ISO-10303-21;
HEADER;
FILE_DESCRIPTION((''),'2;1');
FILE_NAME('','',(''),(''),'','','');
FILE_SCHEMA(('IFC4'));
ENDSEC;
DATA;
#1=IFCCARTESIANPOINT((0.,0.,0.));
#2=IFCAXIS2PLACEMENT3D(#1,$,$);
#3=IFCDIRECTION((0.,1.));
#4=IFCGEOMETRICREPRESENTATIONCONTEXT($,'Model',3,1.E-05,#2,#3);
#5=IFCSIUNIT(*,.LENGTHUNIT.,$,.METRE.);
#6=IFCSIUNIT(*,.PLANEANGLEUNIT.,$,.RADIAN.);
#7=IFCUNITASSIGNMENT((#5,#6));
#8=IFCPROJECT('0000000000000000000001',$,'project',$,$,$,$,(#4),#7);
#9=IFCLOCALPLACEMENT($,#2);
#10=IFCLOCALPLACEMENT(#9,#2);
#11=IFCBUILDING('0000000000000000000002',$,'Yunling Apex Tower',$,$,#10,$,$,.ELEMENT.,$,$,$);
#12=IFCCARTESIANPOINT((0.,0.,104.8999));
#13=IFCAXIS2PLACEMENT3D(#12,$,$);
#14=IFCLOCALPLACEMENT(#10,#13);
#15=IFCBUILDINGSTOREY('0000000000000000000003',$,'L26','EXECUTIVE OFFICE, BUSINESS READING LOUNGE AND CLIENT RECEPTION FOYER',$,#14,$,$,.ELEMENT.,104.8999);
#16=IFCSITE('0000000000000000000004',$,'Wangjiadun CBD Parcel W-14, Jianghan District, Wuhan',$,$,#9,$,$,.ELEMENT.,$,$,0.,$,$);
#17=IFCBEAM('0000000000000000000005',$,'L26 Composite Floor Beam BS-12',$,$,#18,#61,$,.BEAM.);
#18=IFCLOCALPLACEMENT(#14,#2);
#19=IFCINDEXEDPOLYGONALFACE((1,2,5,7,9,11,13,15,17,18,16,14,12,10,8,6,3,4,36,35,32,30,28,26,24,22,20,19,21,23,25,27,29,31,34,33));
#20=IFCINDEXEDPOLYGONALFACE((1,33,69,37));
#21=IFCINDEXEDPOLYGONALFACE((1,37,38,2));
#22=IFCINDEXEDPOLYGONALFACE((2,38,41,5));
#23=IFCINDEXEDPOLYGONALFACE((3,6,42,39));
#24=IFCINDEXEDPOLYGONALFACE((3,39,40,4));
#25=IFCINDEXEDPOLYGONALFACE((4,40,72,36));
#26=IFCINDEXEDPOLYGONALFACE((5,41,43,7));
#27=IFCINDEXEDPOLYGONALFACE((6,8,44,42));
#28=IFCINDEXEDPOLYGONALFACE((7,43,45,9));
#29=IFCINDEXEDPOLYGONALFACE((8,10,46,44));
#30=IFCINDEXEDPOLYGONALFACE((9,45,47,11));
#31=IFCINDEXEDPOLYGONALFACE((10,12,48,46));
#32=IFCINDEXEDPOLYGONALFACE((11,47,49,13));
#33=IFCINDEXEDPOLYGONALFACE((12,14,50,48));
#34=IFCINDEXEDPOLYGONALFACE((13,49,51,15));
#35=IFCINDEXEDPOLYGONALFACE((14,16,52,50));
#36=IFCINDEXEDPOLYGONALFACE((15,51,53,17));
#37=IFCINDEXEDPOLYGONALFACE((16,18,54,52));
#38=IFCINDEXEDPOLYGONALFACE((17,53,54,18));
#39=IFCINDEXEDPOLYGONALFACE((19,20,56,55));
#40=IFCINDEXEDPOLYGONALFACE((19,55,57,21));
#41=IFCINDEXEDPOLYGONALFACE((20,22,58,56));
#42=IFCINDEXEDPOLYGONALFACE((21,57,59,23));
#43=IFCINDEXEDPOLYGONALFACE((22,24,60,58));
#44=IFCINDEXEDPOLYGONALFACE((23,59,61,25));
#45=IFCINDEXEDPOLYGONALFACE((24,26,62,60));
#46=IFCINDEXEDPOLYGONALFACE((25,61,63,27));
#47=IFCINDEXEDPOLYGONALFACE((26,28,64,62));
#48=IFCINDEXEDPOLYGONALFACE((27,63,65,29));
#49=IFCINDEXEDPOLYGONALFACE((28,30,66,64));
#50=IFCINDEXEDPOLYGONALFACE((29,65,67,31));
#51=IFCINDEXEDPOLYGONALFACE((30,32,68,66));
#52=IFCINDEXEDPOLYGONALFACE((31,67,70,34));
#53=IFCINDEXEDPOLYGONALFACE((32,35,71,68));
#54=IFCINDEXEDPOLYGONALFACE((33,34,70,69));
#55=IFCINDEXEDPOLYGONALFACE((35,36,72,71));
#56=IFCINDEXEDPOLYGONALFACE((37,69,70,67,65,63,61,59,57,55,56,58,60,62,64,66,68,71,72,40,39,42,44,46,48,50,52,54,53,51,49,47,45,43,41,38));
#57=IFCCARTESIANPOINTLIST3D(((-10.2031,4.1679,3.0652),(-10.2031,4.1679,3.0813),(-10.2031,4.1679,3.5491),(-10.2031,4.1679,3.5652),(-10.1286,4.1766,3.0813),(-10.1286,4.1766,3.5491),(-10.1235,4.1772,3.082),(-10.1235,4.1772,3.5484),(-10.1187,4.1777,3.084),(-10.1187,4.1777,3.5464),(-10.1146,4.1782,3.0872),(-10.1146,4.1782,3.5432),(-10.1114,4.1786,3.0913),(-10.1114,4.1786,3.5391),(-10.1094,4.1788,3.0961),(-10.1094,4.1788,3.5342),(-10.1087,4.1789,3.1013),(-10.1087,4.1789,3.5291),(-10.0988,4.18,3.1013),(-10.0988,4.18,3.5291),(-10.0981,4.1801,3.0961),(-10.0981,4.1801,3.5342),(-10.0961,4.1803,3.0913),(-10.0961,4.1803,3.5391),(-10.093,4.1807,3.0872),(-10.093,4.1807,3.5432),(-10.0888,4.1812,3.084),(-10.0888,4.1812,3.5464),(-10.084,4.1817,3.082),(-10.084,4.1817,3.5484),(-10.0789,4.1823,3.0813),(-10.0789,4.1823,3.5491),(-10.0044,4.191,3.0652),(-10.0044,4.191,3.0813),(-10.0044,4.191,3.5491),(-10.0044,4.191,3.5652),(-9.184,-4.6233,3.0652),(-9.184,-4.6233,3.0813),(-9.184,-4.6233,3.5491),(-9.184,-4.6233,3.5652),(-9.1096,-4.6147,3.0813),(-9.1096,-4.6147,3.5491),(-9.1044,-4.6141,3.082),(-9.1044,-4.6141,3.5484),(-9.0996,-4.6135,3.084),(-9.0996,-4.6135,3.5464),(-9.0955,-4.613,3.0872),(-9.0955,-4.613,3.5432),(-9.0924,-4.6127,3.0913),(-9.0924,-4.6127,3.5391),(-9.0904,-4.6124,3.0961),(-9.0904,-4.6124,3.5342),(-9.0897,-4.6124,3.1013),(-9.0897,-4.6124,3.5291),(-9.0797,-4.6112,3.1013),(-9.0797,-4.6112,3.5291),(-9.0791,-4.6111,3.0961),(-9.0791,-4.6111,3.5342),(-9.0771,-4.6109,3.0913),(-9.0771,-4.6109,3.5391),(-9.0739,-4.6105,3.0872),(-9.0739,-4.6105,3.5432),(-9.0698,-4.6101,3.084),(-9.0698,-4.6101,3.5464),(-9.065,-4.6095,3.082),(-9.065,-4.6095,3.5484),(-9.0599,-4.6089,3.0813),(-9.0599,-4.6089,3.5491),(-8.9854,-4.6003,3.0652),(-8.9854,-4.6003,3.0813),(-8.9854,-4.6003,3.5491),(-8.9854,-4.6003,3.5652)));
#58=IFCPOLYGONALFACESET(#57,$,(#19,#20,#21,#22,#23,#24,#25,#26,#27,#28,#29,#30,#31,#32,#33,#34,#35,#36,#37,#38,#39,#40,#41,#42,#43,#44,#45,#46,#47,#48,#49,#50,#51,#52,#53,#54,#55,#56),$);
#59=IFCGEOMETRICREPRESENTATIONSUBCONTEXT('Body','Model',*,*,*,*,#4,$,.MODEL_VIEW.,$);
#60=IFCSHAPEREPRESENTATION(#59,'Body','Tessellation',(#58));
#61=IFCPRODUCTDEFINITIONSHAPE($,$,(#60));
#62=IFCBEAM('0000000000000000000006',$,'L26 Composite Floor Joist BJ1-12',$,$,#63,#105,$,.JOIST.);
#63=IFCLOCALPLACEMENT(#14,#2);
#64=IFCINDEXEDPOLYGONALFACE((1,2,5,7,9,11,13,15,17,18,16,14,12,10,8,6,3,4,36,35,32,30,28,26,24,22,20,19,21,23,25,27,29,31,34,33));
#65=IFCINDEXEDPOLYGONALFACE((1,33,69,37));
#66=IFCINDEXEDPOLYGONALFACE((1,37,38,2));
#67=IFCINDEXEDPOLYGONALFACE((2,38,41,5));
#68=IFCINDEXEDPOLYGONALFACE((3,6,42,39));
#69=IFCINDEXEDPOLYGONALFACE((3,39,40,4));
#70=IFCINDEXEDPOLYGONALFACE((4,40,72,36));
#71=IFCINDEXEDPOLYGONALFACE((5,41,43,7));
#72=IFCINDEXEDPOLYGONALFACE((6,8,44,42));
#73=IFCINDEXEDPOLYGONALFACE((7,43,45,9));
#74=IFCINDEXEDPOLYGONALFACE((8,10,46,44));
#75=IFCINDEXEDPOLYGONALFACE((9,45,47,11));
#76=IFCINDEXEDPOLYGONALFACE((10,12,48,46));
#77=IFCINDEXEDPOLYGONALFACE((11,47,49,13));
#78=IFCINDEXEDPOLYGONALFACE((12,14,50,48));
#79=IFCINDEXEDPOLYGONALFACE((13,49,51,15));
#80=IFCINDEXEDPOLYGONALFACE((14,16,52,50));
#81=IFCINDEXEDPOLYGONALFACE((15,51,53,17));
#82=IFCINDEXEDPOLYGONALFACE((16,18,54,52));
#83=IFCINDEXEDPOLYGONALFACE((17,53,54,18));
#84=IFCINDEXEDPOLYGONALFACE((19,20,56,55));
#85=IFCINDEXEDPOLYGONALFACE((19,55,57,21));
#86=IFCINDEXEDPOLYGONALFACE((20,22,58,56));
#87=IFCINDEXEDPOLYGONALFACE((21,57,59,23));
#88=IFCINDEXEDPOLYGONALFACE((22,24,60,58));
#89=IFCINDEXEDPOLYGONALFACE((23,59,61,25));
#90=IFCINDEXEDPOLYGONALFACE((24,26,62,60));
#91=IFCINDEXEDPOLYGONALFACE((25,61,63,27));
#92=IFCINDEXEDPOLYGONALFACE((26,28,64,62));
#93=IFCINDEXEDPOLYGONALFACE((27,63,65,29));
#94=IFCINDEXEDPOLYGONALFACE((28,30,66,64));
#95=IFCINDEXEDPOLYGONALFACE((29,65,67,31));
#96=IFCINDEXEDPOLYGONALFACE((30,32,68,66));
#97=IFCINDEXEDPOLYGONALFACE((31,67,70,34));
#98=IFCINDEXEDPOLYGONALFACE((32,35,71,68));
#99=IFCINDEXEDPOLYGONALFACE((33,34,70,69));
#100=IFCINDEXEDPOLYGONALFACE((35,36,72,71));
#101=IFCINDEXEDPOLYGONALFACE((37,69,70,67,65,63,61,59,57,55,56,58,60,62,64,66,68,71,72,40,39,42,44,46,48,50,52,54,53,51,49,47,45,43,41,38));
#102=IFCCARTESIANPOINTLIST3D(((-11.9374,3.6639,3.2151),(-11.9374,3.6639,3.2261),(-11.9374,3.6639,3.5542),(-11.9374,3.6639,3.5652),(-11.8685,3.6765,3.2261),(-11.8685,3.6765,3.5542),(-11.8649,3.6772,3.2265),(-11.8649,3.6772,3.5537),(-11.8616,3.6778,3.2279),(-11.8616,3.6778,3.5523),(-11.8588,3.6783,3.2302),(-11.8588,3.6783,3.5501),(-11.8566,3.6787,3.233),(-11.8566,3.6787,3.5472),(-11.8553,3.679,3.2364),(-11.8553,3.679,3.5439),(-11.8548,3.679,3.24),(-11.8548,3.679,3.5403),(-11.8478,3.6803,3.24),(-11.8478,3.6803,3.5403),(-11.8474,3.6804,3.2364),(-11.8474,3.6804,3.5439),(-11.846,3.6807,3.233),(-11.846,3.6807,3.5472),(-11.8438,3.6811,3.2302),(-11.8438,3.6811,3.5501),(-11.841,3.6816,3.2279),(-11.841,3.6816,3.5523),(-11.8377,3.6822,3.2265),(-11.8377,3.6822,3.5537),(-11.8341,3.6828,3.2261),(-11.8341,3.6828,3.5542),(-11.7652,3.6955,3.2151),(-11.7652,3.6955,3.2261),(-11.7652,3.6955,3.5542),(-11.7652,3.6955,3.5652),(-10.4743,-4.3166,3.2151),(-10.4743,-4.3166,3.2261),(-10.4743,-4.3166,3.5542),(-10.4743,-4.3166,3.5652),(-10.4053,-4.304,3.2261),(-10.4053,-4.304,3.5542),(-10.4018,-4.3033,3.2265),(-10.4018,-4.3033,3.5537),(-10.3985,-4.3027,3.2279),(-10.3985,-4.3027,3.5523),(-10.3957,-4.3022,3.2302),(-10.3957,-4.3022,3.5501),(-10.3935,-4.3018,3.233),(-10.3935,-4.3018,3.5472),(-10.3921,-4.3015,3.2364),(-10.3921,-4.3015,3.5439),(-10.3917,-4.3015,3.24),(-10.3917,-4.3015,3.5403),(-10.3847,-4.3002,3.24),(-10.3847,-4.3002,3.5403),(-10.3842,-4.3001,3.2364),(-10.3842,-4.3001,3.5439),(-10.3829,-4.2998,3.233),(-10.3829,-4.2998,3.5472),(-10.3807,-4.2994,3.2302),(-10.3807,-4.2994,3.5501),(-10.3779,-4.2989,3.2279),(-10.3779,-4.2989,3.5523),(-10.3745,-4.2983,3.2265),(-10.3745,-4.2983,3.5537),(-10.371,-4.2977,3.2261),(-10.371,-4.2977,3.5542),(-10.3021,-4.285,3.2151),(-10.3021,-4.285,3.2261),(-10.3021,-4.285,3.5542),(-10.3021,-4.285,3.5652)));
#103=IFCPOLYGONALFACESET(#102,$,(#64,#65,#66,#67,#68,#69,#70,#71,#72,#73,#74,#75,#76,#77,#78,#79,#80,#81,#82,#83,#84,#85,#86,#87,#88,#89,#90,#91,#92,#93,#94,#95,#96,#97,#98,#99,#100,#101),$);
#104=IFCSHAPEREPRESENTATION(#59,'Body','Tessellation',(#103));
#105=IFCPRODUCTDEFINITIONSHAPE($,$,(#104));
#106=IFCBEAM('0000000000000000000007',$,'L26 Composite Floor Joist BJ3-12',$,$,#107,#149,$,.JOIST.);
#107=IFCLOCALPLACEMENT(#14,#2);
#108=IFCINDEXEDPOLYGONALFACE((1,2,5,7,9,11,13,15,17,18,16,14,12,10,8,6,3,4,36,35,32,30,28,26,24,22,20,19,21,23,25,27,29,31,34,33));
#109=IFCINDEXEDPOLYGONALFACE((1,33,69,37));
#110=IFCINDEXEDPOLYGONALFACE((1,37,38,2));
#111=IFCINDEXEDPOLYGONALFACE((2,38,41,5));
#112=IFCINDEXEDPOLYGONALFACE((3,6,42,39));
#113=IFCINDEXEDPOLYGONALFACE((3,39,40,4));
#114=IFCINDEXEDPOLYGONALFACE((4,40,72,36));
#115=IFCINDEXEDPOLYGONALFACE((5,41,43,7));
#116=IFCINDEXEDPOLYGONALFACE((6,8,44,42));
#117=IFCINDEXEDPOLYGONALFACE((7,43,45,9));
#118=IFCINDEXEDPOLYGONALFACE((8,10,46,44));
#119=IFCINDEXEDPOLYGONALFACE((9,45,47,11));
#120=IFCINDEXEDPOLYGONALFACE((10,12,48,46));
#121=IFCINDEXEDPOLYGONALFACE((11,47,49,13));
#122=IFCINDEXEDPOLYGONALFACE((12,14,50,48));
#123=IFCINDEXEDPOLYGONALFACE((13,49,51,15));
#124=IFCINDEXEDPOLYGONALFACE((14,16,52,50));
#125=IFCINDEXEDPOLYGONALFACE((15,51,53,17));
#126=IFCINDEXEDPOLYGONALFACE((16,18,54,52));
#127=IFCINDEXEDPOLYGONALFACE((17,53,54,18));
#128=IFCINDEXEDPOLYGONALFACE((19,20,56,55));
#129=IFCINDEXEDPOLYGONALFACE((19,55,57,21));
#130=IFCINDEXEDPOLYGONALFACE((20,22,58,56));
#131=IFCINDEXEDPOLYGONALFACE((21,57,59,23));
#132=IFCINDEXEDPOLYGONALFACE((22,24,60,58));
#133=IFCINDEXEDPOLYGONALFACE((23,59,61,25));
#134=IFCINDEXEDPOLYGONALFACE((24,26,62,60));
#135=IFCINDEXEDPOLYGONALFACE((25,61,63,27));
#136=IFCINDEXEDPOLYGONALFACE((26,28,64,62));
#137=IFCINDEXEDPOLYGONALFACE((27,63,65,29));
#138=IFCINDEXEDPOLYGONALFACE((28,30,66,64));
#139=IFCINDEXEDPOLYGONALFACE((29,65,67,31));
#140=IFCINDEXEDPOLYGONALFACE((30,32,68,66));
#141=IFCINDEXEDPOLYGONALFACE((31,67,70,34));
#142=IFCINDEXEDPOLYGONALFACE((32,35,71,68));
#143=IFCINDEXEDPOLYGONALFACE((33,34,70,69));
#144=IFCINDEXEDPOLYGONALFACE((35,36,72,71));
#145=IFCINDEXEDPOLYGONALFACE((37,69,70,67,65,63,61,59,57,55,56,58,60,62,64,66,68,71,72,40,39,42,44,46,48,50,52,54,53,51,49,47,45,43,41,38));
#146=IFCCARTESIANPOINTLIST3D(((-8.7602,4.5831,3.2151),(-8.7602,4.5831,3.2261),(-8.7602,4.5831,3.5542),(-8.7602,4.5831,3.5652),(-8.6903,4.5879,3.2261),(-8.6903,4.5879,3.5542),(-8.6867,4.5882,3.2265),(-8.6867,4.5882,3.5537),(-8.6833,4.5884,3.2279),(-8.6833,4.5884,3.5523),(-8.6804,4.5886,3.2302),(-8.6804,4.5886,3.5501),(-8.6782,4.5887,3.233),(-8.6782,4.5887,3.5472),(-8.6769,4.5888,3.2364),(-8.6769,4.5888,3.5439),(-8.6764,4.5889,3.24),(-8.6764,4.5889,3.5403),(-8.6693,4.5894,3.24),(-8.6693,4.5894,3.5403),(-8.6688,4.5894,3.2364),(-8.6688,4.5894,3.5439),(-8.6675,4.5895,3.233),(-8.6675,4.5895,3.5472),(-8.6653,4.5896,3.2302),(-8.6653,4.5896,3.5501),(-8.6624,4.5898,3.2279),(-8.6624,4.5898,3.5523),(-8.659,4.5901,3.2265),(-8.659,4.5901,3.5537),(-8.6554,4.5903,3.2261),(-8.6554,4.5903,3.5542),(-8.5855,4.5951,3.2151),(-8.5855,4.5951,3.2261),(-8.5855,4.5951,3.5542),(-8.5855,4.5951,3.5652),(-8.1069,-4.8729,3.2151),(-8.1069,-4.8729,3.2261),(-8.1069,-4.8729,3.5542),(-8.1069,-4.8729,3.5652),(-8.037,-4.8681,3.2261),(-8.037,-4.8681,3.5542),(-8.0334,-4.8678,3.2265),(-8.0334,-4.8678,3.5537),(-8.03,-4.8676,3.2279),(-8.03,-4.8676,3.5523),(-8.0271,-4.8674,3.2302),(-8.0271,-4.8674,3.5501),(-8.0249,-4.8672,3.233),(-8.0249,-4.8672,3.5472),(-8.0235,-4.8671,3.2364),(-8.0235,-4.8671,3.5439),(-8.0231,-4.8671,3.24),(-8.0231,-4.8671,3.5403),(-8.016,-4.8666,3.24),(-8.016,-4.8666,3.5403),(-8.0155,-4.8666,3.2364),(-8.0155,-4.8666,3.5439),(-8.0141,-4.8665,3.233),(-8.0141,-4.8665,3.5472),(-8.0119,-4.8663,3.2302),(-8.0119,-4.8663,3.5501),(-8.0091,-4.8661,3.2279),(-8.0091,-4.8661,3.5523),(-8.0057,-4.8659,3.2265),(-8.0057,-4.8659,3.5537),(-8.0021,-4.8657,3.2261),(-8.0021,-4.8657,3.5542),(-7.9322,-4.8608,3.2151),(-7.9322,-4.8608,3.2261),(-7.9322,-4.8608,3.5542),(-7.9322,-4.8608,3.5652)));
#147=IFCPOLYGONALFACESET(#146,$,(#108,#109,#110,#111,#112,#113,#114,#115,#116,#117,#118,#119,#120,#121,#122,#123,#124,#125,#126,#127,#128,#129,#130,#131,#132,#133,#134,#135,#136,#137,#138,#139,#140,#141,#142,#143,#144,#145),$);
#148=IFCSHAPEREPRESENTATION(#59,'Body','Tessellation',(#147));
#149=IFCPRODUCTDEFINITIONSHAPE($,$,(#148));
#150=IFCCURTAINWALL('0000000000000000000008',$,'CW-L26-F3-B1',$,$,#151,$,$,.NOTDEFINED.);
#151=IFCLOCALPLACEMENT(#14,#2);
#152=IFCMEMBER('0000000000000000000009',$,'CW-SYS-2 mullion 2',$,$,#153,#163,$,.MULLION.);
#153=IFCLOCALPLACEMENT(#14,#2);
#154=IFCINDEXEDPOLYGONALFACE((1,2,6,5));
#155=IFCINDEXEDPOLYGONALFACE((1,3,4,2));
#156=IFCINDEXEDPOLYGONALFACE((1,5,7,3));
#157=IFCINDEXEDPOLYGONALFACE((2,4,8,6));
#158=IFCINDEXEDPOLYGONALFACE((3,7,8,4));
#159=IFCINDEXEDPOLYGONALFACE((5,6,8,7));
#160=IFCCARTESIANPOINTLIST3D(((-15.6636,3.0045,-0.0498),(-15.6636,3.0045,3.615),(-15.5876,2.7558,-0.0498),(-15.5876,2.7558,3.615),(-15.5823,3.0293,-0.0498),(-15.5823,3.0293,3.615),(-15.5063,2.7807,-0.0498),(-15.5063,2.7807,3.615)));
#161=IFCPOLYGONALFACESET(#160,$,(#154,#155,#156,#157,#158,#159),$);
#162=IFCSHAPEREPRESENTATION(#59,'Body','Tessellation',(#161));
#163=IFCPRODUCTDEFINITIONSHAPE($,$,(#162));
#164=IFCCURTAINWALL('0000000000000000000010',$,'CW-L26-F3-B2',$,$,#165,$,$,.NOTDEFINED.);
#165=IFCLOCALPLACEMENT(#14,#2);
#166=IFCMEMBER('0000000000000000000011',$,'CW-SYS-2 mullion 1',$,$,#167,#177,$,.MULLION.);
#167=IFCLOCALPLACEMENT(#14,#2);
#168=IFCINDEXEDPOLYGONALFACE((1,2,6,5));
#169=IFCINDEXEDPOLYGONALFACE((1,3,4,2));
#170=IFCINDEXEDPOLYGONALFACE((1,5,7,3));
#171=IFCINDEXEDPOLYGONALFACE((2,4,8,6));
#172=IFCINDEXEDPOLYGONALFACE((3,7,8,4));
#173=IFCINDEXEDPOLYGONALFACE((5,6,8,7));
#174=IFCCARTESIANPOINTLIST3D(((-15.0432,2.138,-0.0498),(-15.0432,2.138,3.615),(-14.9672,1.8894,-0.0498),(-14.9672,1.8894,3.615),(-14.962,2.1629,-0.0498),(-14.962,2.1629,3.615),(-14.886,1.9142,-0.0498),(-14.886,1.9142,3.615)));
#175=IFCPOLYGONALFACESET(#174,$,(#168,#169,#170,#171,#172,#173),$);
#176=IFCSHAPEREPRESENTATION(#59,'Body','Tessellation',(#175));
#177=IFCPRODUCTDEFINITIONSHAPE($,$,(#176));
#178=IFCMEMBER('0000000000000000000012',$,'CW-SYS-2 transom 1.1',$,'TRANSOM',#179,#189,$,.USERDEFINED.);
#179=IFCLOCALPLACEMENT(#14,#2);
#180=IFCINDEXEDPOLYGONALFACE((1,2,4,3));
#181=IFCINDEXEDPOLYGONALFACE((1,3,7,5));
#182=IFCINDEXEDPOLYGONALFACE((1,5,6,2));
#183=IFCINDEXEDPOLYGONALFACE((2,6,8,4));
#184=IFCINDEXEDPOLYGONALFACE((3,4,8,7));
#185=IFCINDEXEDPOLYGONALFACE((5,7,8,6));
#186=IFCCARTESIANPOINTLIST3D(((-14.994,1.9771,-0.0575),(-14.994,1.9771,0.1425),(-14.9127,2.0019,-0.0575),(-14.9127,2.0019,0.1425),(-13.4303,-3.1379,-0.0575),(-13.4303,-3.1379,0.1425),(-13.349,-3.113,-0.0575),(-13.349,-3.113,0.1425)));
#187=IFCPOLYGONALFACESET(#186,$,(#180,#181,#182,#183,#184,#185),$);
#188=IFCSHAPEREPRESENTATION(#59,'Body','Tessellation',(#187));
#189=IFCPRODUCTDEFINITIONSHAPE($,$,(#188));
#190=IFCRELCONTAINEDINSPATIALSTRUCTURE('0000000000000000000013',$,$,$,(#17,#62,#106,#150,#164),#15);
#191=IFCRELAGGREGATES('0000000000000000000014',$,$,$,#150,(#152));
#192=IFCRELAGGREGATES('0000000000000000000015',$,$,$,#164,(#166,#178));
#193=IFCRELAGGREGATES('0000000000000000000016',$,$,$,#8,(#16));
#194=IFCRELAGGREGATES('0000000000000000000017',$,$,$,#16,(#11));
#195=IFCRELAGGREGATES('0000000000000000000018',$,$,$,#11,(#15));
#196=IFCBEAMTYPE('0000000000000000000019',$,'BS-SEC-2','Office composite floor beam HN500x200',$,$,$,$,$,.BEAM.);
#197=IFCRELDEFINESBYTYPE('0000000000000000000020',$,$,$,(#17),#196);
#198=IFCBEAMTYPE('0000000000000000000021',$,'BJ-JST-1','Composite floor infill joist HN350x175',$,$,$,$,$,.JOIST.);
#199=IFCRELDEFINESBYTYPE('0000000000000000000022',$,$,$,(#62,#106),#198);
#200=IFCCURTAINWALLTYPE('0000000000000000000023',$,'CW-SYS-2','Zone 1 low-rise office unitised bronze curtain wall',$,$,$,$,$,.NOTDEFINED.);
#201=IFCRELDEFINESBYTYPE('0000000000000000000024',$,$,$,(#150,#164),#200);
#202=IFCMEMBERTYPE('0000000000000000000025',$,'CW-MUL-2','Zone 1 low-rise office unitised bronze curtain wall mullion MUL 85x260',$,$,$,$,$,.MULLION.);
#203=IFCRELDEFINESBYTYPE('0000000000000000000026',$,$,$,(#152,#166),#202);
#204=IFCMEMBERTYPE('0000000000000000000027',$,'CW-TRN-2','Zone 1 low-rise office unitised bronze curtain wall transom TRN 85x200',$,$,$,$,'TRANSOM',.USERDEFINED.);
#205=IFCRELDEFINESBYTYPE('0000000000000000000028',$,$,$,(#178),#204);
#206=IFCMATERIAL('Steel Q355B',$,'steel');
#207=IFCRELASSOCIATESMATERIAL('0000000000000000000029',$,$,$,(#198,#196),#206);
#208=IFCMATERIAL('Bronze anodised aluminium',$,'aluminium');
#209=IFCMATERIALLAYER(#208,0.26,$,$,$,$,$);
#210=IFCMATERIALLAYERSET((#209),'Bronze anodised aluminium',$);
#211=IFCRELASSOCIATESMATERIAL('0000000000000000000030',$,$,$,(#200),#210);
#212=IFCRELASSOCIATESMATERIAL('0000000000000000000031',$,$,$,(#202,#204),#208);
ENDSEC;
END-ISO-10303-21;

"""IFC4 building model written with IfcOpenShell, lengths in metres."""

from ifc_helpers import new_model, si_unit, direction, frame, origin, origin_2d, place, context, subcontext, project, spatial, rectangle, i_section, extrude, source, transform, mapped, material, layer, layer_set, material_profile, profile_set, type_object, element, aggregate, save


model = new_model("IFC4")

# Units and contexts
model_context = context("Model", 3, precision=1e-05, world=origin(), true_north=direction((0.0, 1.0)))
body_context = subcontext(model_context, "Body", "Model", "MODEL_VIEW")
ifc_project = project(units=[si_unit("LENGTHUNIT", "METRE"), si_unit("PLANEANGLEUNIT", "RADIAN")], contexts=[model_context])

# Site, building, storey
site_placement = place(None, origin())
site = spatial("IfcSite", under=ifc_project, at=site_placement, Name="Wangjiadun CBD Parcel W-14, Jianghan District, Wuhan", CompositionType="ELEMENT", RefElevation=0.0)
building_placement = place(site_placement, origin())
building = spatial("IfcBuilding", under=site, at=building_placement, Name="Yunling Apex Tower", CompositionType="ELEMENT")
storey_placement = place(building_placement, frame((0.0, 0.0, 104.8999)))
storey = spatial("IfcBuildingStorey", under=building, at=storey_placement, Name="L26", Description="EXECUTIVE OFFICE, BUSINESS READING LOUNGE AND CLIENT RECEPTION FOYER", CompositionType="ELEMENT", Elevation=104.8999)

# Beams
ifc_material_1 = material(Name="Steel Q355B", Category="steel")
ifc_material_profile_1 = material_profile(ifc_material_1, i_section(OverallWidth=0.175, OverallDepth=0.3501, WebThickness=0.0071, FlangeThickness=0.011, FilletRadius=0.0139, at=origin_2d()))
ifc_profile_set_1 = profile_set([ifc_material_profile_1], Name="Steel Q355B")
beam_type_1 = type_object("IfcBeamType", Name="BJ-JST-1", Description="Composite floor infill joist HN350x175", PredefinedType="JOIST", material=ifc_profile_set_1)
ifc_material_profile_2 = material_profile(ifc_material_1, i_section(OverallWidth=0.2, OverallDepth=0.5, WebThickness=0.01, FlangeThickness=0.0161, FilletRadius=0.02, at=origin_2d()))
ifc_profile_set_2 = profile_set([ifc_material_profile_2], Name="Steel Q355B")
beam_type_2 = type_object("IfcBeamType", Name="BS-SEC-2", Description="Office composite floor beam HN500x200", PredefinedType="BEAM", material=ifc_profile_set_2)
shared_shape_1 = source(origin(), body_context, "Body", "SweptSolid", [
    extrude(i_section(OverallWidth=0.2, OverallDepth=0.5, WebThickness=0.01, FlangeThickness=0.0161, FilletRadius=0.02, at=origin_2d()), origin(), (0.0, 0.0, 1.0), 8.8501),
])
beam_1_placement = place(storey_placement, frame((-10.1038, 4.1794, 3.3152), z_axis=(0.115144, -0.993349, 0.0), x_axis=(0.993349, 0.115144, 0.0)))
element("IfcBeam", 1, at=beam_1_placement, inside=storey, type_object=beam_type_2, Name="L26 Composite Floor Beam BS-12", PredefinedType="BEAM", context=body_context, shape_type="MappedRepresentation", body=[
    mapped(shared_shape_1, transform((0.0, 0.0, 0.0), scale=1.0)),
])
shared_shape_2 = source(origin(), body_context, "Body", "SweptSolid", [
    extrude(i_section(OverallWidth=0.175, OverallDepth=0.3501, WebThickness=0.0071, FlangeThickness=0.011, FilletRadius=0.0139, at=origin_2d()), origin(), (0.0, 0.0, 1.0), 8.1135),
])
beam_2_placement = place(storey_placement, frame((-11.8513, 3.6797, 3.3901), z_axis=(0.180334, -0.983605, 0.0), x_axis=(0.983605, 0.180334, 0.0)))
element("IfcBeam", 2, at=beam_2_placement, inside=storey, type_object=beam_type_1, Name="L26 Composite Floor Joist BJ1-12", PredefinedType="JOIST", context=body_context, shape_type="MappedRepresentation", body=[
    mapped(shared_shape_2, transform((0.0, 0.0, 0.0), scale=1.0)),
])
shared_shape_3 = source(origin(), body_context, "Body", "SweptSolid", [
    extrude(i_section(OverallWidth=0.175, OverallDepth=0.3501, WebThickness=0.0071, FlangeThickness=0.011, FilletRadius=0.0139, at=origin_2d()), origin(), (0.0, 0.0, 1.0), 9.4785),
])
beam_3_placement = place(storey_placement, frame((-8.6729, 4.5891, 3.3901), z_axis=(0.068926, -0.997622, 0.0), x_axis=(0.997622, 0.068926, 0.0)))
element("IfcBeam", 3, at=beam_3_placement, inside=storey, type_object=beam_type_1, Name="L26 Composite Floor Joist BJ3-12", PredefinedType="JOIST", context=body_context, shape_type="MappedRepresentation", body=[
    mapped(shared_shape_3, transform((0.0, 0.0, 0.0), scale=1.0)),
])

# Curtain wall, member
ifc_material_2 = material(Name="Bronze anodised aluminium", Category="aluminium")
ifc_layer_1 = layer(ifc_material_2, 0.26)
ifc_layer_set_1 = layer_set([ifc_layer_1], Name="Bronze anodised aluminium")
curtain_wall_type = type_object("IfcCurtainWallType", Name="CW-SYS-2", Description="Zone 1 low-rise office unitised bronze curtain wall", PredefinedType="NOTDEFINED", material=ifc_layer_set_1)
curtain_wall_1_placement = place(storey_placement, origin())
curtain_wall_1 = element("IfcCurtainWall", 4, at=curtain_wall_1_placement, inside=storey, type_object=curtain_wall_type, Name="CW-L26-F3-B1", PredefinedType="NOTDEFINED")
ifc_material_profile_3 = material_profile(ifc_material_2, rectangle(XDim=0.085, YDim=0.26, at=origin_2d()))
ifc_profile_set_3 = profile_set([ifc_material_profile_3], Name="Bronze anodised aluminium")
member_type_1 = type_object("IfcMemberType", Name="CW-MUL-2", Description="Zone 1 low-rise office unitised bronze curtain wall mullion MUL 85x260", PredefinedType="MULLION", material=ifc_profile_set_3)
shared_shape_4 = source(origin(), body_context, "Body", "SweptSolid", [
    extrude(rectangle(XDim=0.085, YDim=0.26, at=origin_2d()), origin(), (0.0, 0.0, 1.0), 3.6648),
])
member_1_placement = place(storey_placement, frame((-15.585, 2.8926, -0.0498), z_axis=(0.0, 0.0, 1.0), x_axis=(0.956304, 0.292373, 0.0)))
member_1 = element("IfcMember", 5, at=member_1_placement, type_object=member_type_1, Name="CW-SYS-2 mullion 2", PredefinedType="MULLION", context=body_context, shape_type="MappedRepresentation", body=[
    mapped(shared_shape_4, transform((0.0, 0.0, 0.0), scale=1.0)),
])

# Curtain wall, members
curtain_wall_2_placement = place(storey_placement, origin())
curtain_wall_2 = element("IfcCurtainWall", 6, at=curtain_wall_2_placement, inside=storey, type_object=curtain_wall_type, Name="CW-L26-F3-B2", PredefinedType="NOTDEFINED")
member_2_placement = place(storey_placement, frame((-14.9646, 2.0261, -0.0498), z_axis=(0.0, 0.0, 1.0), x_axis=(0.956307, 0.292364, 0.0)))
member_2 = element("IfcMember", 7, at=member_2_placement, type_object=member_type_1, Name="CW-SYS-2 mullion 1", PredefinedType="MULLION", context=body_context, shape_type="MappedRepresentation", body=[
    mapped(shared_shape_4, transform((0.0, 0.0, 0.0), scale=1.0)),
])
ifc_material_profile_4 = material_profile(ifc_material_2, rectangle(XDim=0.085, YDim=0.2, at=origin_2d()))
ifc_profile_set_4 = profile_set([ifc_material_profile_4], Name="Bronze anodised aluminium")
member_type_2 = type_object("IfcMemberType", Name="CW-TRN-2", Description="Zone 1 low-rise office unitised bronze curtain wall transom TRN 85x200", ElementType="TRANSOM", PredefinedType="USERDEFINED", material=ifc_profile_set_4)
shared_shape_5 = source(origin(), body_context, "Body", "SweptSolid", [
    extrude(rectangle(XDim=0.085, YDim=0.2, at=origin_2d()), origin(), (0.0, 0.0, 1.0), 5.3486),
])
member_3_placement = place(storey_placement, frame((-14.9534, 1.9895, 0.0425), z_axis=(0.292357, -0.956309, 0.0), x_axis=(0.956309, 0.292357, 0.0)))
member_3 = element("IfcMember", 8, at=member_3_placement, type_object=member_type_2, Name="CW-SYS-2 transom 1.1", ObjectType="TRANSOM", PredefinedType="USERDEFINED", context=body_context, shape_type="MappedRepresentation", body=[
    mapped(shared_shape_5, transform((0.0, 0.0, 0.0), scale=1.0)),
])

aggregate(curtain_wall_1, [member_1])
aggregate(curtain_wall_2, [member_2, member_3])

save(model, "model.ifc")
